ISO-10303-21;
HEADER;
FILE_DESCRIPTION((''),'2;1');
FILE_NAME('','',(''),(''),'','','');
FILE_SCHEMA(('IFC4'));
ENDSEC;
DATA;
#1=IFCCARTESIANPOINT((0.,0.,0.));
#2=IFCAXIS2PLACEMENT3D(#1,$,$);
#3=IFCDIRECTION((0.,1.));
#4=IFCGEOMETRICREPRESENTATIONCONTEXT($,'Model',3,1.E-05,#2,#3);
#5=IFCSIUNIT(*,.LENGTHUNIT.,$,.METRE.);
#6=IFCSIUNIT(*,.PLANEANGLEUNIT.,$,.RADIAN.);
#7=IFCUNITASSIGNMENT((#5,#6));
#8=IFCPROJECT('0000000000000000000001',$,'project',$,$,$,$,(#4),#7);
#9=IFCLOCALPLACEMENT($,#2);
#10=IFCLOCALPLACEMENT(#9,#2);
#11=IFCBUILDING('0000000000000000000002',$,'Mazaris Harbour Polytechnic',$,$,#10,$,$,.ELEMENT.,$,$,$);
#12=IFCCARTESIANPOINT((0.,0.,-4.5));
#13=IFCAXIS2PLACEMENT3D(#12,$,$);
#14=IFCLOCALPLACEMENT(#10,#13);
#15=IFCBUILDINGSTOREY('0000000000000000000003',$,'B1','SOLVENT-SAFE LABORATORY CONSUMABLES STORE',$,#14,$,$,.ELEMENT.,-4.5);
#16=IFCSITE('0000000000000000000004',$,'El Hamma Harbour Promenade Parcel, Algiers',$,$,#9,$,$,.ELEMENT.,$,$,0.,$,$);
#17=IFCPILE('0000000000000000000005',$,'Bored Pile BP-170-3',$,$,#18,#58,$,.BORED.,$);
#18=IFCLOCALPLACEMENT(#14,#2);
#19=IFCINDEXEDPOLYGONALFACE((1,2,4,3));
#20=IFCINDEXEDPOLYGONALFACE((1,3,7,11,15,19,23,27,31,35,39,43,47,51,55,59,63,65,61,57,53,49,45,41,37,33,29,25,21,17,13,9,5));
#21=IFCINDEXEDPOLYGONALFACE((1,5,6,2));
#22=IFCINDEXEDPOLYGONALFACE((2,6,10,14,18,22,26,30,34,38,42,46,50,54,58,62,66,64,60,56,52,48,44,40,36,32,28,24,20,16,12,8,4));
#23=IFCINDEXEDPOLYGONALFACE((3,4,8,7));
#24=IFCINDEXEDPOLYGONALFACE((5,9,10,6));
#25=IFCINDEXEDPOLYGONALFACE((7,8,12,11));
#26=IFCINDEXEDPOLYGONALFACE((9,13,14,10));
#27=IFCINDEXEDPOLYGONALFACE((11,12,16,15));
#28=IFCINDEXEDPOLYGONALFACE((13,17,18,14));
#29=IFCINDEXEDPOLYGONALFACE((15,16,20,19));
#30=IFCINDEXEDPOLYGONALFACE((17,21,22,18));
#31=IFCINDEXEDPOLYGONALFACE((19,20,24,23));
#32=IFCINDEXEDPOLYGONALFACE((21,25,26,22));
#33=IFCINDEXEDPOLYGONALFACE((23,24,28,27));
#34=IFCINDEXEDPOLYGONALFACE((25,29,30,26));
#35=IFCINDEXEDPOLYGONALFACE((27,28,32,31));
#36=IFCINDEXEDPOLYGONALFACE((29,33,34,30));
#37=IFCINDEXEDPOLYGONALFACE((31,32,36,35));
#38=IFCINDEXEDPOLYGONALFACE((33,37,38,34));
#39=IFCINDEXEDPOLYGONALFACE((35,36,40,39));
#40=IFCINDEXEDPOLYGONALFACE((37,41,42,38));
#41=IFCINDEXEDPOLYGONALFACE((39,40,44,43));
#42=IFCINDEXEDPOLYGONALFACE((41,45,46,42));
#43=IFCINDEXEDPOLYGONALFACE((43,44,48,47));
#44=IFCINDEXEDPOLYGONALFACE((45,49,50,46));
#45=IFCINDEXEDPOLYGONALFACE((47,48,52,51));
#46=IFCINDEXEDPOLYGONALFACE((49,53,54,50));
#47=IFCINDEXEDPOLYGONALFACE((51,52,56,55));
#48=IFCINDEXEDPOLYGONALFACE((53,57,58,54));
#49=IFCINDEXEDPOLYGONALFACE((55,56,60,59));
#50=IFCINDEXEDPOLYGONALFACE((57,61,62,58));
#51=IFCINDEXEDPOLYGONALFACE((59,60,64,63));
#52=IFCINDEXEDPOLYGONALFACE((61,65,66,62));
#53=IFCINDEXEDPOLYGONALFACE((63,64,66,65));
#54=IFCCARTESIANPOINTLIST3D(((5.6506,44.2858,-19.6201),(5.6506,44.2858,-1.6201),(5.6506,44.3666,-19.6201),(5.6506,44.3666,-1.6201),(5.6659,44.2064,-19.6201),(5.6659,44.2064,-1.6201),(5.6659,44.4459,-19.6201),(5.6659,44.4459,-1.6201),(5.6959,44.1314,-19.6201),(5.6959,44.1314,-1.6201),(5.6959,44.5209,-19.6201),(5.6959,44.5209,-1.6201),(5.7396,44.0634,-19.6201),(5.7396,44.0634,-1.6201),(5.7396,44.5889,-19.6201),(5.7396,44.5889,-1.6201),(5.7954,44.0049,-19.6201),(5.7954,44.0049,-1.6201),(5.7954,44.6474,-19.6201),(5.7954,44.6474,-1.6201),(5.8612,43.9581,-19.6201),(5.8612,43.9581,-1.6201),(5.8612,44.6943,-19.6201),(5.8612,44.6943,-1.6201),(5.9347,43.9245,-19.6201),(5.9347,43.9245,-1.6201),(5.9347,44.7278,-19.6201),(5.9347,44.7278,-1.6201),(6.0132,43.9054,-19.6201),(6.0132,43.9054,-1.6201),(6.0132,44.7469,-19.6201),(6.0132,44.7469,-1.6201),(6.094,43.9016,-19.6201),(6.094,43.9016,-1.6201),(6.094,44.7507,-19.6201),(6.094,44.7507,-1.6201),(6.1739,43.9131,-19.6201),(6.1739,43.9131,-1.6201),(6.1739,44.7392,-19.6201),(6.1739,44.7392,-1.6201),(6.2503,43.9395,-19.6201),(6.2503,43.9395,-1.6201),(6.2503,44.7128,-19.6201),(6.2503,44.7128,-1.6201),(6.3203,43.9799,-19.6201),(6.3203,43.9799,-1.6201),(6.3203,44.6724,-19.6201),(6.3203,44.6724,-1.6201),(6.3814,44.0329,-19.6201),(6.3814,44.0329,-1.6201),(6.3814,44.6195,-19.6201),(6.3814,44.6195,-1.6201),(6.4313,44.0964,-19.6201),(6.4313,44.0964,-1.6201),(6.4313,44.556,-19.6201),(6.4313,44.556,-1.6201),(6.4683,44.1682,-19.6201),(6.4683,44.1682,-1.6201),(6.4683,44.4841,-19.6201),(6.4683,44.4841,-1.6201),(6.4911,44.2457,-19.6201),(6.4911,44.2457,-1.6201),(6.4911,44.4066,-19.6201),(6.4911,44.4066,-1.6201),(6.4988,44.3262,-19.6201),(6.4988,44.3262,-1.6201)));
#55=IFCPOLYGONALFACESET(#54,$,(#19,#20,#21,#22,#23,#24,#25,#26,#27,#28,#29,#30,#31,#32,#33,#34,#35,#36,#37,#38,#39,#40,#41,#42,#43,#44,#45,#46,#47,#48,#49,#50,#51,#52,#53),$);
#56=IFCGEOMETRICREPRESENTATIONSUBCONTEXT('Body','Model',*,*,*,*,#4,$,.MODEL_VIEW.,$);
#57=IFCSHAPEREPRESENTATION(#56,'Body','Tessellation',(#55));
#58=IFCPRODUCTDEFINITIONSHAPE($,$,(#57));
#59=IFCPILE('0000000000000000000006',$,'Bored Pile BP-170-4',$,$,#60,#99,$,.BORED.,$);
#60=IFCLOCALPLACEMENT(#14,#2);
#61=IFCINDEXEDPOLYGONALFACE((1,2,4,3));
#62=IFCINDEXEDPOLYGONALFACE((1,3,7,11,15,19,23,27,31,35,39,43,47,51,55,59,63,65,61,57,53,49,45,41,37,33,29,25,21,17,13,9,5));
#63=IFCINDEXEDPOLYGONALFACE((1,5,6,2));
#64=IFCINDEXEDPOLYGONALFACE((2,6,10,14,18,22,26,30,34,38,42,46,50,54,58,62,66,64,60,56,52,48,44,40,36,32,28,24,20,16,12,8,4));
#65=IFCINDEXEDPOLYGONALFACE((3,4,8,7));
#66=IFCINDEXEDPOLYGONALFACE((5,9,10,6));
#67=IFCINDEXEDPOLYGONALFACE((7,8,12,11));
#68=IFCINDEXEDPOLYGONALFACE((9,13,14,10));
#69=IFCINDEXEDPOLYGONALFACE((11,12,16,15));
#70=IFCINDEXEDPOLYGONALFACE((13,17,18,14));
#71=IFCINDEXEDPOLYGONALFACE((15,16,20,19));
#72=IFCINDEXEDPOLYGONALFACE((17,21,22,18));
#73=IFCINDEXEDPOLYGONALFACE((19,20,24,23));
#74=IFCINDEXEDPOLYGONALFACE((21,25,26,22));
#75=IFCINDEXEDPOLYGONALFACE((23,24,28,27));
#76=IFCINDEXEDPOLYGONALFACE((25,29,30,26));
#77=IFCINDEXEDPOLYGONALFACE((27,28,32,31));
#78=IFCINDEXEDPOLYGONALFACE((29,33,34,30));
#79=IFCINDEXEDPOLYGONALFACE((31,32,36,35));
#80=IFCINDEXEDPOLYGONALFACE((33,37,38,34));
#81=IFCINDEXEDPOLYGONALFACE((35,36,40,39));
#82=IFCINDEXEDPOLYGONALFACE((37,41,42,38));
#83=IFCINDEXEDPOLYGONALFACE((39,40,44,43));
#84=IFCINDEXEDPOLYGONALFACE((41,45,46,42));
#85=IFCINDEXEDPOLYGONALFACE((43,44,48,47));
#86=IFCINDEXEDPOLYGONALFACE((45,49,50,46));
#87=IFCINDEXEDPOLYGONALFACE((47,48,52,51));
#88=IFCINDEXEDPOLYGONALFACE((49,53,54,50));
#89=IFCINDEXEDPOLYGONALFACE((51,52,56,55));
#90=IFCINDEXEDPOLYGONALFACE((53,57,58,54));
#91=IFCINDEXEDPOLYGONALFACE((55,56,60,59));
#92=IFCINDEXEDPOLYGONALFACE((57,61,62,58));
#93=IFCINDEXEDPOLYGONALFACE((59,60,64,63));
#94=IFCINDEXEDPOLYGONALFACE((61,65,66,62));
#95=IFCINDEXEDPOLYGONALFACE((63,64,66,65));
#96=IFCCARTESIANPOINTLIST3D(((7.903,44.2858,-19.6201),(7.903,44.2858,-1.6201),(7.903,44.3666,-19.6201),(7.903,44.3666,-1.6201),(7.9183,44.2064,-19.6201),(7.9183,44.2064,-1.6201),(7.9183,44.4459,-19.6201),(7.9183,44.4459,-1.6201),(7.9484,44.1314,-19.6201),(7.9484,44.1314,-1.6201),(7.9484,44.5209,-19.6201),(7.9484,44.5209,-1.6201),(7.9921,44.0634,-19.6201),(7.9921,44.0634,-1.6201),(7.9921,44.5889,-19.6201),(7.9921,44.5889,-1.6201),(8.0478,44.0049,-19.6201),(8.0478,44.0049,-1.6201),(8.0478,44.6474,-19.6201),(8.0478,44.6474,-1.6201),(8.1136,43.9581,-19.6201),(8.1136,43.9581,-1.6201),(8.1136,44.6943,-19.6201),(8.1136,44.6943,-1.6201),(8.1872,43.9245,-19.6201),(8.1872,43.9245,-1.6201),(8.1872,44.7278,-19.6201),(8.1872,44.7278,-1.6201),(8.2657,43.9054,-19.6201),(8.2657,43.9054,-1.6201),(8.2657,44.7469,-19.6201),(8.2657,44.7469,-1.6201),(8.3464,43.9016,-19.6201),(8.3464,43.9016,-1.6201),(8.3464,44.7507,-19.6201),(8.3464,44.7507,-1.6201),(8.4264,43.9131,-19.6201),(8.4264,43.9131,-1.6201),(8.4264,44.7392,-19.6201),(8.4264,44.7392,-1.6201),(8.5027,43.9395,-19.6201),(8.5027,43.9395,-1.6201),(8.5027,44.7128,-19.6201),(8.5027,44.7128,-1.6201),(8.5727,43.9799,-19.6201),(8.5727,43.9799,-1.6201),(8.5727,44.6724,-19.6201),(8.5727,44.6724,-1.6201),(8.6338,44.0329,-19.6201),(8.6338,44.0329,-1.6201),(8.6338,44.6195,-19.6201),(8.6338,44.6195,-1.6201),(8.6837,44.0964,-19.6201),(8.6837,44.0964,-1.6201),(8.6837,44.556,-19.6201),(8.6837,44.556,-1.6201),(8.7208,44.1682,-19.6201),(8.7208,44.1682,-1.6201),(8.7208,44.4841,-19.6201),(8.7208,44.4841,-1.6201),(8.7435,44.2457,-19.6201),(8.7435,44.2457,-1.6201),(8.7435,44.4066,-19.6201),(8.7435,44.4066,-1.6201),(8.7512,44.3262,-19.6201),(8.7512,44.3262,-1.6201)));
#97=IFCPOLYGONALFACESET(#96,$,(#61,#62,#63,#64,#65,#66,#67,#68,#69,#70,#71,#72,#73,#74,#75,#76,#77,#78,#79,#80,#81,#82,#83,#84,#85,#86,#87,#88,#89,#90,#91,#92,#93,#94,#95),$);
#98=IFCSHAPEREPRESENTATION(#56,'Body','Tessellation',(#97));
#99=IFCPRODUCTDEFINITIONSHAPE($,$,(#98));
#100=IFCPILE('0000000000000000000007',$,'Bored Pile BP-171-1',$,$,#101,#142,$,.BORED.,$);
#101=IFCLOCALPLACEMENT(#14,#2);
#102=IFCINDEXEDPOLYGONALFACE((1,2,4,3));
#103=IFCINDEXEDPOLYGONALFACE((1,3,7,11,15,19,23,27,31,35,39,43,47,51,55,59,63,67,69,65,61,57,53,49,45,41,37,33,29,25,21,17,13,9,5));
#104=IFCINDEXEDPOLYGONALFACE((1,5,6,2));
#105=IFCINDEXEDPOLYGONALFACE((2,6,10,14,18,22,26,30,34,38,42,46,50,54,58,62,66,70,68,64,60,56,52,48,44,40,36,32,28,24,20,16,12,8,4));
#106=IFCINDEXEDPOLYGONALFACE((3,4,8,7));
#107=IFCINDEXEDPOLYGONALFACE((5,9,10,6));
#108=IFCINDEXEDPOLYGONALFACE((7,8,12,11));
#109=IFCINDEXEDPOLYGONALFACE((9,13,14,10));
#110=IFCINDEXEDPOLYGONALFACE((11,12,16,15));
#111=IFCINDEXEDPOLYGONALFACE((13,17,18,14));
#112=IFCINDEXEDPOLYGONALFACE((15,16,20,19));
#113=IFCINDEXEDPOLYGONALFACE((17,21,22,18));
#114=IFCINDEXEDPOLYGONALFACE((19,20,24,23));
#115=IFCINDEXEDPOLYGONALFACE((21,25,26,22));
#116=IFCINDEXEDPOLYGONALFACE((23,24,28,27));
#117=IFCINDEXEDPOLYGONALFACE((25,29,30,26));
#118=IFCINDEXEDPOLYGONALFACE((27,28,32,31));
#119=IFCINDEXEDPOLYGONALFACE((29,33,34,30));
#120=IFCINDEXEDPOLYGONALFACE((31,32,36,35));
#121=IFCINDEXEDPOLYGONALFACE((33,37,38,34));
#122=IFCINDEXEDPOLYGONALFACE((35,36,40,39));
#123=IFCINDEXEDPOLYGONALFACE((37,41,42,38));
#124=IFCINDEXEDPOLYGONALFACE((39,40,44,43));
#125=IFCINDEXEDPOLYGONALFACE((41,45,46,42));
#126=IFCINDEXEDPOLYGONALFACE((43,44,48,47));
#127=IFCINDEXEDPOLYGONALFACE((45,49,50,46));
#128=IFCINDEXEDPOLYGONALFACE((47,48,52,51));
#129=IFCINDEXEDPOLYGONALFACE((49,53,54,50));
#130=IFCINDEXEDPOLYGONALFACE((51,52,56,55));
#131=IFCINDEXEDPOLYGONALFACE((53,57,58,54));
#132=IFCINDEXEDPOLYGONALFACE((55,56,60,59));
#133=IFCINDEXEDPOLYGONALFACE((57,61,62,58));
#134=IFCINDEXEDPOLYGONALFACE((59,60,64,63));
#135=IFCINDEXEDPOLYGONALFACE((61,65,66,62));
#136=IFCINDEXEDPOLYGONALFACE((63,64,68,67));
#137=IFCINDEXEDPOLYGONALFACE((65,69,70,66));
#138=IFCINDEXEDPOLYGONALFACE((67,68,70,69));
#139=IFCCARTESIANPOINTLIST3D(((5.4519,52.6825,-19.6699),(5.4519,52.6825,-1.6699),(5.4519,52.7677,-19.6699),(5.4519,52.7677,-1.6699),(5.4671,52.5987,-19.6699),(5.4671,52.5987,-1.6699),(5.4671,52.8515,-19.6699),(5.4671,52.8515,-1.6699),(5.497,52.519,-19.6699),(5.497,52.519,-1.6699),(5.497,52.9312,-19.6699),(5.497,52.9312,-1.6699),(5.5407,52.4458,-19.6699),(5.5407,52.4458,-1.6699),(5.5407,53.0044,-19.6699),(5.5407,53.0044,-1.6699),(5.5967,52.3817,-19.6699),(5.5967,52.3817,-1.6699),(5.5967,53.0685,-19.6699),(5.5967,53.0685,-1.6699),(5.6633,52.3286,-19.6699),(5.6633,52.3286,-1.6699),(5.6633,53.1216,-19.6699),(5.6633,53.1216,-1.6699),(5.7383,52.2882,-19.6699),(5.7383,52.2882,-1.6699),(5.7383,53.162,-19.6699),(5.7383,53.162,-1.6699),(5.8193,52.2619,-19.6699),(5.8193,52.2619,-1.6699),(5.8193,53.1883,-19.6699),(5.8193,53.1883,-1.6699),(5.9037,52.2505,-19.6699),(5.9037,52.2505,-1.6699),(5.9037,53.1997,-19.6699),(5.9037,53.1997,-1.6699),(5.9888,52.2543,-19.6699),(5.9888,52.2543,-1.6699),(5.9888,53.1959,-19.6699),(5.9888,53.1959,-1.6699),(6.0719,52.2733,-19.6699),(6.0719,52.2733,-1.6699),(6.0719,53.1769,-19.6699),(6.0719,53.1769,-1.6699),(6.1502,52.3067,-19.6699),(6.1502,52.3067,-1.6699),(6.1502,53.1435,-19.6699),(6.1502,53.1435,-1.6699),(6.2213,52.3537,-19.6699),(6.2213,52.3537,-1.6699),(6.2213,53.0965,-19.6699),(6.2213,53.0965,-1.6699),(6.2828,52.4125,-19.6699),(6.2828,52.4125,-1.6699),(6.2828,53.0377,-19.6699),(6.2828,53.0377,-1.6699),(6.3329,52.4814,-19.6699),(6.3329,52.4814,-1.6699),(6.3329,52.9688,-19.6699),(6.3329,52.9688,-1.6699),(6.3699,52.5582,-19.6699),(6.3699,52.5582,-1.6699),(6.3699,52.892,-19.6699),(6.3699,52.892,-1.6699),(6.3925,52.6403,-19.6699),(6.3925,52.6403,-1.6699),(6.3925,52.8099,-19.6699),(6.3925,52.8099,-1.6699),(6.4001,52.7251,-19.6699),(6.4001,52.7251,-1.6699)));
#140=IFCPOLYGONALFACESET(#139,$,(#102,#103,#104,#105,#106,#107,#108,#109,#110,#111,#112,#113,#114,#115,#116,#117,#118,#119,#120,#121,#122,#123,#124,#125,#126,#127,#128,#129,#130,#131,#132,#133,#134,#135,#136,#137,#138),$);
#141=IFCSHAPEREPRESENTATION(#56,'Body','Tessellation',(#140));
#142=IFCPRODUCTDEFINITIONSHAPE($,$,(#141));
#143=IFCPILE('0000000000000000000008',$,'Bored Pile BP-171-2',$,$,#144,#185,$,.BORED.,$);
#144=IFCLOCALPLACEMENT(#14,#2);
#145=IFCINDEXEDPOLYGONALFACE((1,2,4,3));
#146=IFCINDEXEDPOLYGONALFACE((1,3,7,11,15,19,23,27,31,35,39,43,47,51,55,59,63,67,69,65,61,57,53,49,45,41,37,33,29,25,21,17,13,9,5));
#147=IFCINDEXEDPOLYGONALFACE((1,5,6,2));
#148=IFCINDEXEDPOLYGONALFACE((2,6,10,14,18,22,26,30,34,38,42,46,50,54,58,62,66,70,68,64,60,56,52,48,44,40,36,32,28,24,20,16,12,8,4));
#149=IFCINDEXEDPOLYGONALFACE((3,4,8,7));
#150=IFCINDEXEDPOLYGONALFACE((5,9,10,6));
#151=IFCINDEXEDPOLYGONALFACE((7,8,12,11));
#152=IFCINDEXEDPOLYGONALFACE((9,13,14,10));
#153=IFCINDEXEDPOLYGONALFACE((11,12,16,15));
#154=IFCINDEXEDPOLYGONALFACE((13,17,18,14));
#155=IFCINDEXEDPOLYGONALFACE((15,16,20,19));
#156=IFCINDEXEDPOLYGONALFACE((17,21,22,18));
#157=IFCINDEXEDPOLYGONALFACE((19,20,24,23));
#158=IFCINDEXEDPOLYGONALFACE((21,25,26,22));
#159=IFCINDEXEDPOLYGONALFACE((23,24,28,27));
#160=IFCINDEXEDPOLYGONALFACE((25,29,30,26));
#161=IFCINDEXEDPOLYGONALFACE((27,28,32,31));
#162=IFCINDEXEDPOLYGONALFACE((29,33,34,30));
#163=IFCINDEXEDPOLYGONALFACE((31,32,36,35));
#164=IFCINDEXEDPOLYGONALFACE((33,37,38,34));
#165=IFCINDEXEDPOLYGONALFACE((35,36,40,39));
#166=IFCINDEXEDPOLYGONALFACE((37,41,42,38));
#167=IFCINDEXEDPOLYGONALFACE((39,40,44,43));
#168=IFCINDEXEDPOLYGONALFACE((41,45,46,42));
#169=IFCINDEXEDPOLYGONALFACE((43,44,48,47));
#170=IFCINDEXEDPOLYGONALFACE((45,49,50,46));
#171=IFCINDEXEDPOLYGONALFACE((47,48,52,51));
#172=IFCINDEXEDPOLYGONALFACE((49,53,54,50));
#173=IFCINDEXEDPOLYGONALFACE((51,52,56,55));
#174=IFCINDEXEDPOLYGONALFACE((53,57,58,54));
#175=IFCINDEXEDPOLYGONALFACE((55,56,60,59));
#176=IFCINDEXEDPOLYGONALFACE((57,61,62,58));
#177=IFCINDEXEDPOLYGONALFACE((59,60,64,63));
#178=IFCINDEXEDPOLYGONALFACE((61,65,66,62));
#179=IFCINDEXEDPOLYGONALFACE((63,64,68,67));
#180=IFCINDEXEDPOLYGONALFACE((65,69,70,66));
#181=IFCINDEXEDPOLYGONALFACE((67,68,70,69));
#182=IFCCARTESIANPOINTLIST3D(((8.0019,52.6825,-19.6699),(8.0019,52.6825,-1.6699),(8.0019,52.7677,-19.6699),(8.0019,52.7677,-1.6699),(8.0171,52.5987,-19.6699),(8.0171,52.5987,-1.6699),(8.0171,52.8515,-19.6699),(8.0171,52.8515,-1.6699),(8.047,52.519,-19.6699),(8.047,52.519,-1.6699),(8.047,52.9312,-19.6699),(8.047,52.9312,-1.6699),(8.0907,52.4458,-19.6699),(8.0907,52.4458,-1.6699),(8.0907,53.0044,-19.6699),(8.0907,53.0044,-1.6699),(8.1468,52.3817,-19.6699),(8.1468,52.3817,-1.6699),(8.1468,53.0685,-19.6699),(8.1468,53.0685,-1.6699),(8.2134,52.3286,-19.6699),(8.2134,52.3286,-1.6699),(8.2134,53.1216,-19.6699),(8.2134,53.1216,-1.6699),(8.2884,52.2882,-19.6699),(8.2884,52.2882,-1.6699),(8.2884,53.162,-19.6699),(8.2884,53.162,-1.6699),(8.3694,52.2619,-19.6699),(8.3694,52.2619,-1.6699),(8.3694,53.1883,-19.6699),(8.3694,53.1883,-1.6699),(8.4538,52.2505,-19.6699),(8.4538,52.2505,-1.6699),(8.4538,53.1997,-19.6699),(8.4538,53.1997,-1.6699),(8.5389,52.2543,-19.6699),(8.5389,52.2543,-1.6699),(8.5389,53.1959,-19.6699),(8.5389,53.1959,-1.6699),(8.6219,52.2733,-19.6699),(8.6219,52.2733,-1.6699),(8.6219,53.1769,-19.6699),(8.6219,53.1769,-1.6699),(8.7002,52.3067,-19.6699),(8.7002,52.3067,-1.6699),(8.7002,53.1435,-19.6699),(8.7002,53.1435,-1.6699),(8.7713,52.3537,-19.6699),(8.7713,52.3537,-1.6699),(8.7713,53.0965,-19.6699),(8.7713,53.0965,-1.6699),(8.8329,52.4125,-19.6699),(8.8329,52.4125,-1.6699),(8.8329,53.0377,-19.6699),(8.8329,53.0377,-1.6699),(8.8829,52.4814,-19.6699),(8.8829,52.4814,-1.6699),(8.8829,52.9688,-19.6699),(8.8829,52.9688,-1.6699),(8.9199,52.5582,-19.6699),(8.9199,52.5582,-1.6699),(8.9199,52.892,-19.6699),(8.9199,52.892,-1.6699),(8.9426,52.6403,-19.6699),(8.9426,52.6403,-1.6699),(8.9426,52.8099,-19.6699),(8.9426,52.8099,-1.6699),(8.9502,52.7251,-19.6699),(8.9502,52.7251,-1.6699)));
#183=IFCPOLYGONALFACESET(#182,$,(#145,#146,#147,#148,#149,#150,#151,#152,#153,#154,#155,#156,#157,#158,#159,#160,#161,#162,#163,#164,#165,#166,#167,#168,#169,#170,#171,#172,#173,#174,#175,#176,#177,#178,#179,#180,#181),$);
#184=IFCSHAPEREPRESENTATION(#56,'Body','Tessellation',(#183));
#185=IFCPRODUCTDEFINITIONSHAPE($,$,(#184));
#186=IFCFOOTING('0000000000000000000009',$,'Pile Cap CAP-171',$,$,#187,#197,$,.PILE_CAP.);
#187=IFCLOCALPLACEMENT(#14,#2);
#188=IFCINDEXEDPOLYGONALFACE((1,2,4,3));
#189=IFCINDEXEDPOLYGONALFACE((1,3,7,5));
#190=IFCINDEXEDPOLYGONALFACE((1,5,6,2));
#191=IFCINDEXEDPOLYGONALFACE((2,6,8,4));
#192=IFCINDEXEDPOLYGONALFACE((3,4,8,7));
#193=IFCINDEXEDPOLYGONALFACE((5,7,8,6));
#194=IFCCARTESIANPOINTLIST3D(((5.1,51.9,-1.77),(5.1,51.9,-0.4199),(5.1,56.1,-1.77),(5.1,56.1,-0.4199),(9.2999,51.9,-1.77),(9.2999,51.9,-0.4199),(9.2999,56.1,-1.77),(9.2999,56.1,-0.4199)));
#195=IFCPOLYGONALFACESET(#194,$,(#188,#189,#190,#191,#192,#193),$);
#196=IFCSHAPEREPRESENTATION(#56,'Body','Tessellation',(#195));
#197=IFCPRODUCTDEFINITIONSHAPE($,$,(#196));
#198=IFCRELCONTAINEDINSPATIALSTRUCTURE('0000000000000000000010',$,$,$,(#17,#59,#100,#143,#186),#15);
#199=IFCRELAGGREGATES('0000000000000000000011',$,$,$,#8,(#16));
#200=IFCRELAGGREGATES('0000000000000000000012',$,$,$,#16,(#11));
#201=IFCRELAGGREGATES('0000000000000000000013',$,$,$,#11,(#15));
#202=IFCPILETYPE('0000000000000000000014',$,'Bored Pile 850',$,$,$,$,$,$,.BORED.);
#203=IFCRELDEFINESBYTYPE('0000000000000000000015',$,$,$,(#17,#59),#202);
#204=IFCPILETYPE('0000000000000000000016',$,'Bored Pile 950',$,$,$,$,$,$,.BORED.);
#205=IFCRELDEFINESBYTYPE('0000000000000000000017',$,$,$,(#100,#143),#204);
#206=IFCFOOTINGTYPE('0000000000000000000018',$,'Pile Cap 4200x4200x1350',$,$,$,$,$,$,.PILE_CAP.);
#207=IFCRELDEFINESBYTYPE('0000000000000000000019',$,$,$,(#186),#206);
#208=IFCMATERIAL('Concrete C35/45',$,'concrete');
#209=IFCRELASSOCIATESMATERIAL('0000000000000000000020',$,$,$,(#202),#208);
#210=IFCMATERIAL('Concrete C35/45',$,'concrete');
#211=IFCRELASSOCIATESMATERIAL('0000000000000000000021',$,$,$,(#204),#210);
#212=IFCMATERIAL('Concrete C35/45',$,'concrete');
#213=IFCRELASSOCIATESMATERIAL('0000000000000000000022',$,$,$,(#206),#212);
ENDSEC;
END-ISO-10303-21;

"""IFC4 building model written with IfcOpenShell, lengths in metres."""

from ifc_helpers import new_model, si_unit, direction, frame, origin, origin_2d, place, context, subcontext, project, spatial, rectangle, circle, extrude, material, material_profile, profile_set, type_object, element, save


model = new_model("IFC4")

# Units and contexts
model_context = context("Model", 3, precision=1e-05, world=origin(), true_north=direction((0.0, 1.0)))
body_context = subcontext(model_context, "Body", "Model", "MODEL_VIEW")
ifc_project = project(units=[si_unit("LENGTHUNIT", "METRE"), si_unit("PLANEANGLEUNIT", "RADIAN")], contexts=[model_context])

# Site, building, storey
site_placement = place(None, origin())
site = spatial("IfcSite", under=ifc_project, at=site_placement, Name="El Hamma Harbour Promenade Parcel, Algiers", CompositionType="ELEMENT", RefElevation=0.0)
building_placement = place(site_placement, origin())
building = spatial("IfcBuilding", under=site, at=building_placement, Name="Mazaris Harbour Polytechnic", CompositionType="ELEMENT")
storey_placement = place(building_placement, frame((0.0, 0.0, -4.5)))
storey = spatial("IfcBuildingStorey", under=building, at=storey_placement, Name="B1", Description="SOLVENT-SAFE LABORATORY CONSUMABLES STORE", CompositionType="ELEMENT", Elevation=-4.5)

# Piles
ifc_material_1 = material(Name="Concrete C35/45", Category="concrete")
ifc_material_profile_1 = material_profile(ifc_material_1, circle(Radius=0.425, at=origin_2d()), Name="DIA850")
ifc_profile_set_1 = profile_set([ifc_material_profile_1], Name="Concrete C35/45")
pile_type_1 = type_object("IfcPileType", Name="Bored Pile 850", PredefinedType="BORED", material=ifc_profile_set_1)
for number, where, z_axis, x_axis, name in (
    (1, (6.0737, 44.3262, -1.6201), (0.0, 0.0, -1.0), (1.0, 0.0, 0.0), "Bored Pile BP-170-3"),
    (2, (8.3262, 44.3262, -1.6201), (0.0, 0.0, -1.0), (1.0, 0.0, 0.0), "Bored Pile BP-170-4"),
):
    element("IfcPile", number, at=place(storey_placement, frame(where, z_axis=z_axis, x_axis=x_axis)), inside=storey, type_object=pile_type_1, Name=name, PredefinedType="BORED", context=body_context, shape_type="SweptSolid", body=[
        extrude(circle(Radius=0.425, at=origin_2d()), origin(), (0.0, 0.0, 1.0), 18.0),
    ])
ifc_material_2 = material(Name="Concrete C35/45", Category="concrete")
ifc_material_profile_2 = material_profile(ifc_material_2, circle(Radius=0.4751, at=origin_2d()), Name="DIA950")
ifc_profile_set_2 = profile_set([ifc_material_profile_2], Name="Concrete C35/45")
pile_type_2 = type_object("IfcPileType", Name="Bored Pile 950", PredefinedType="BORED", material=ifc_profile_set_2)
for number, where, z_axis, x_axis, name in (
    (3, (5.925, 52.7251, -1.6699), (0.0, 0.0, -1.0), (1.0, 0.0, 0.0), "Bored Pile BP-171-1"),
    (4, (8.4751, 52.7251, -1.6699), (0.0, 0.0, -1.0), (1.0, 0.0, 0.0), "Bored Pile BP-171-2"),
):
    element("IfcPile", number, at=place(storey_placement, frame(where, z_axis=z_axis, x_axis=x_axis)), inside=storey, type_object=pile_type_2, Name=name, PredefinedType="BORED", context=body_context, shape_type="SweptSolid", body=[
        extrude(circle(Radius=0.4751, at=origin_2d()), origin(), (0.0, 0.0, 1.0), 18.0),
    ])

# Footing
ifc_material_3 = material(Name="Concrete C35/45", Category="concrete")
footing_type_1 = type_object("IfcFootingType", Name="Pile Cap 4200x4200x1350", PredefinedType="PILE_CAP", material=ifc_material_3)
footing_1_placement = place(storey_placement, frame((7.2, 54.0, -1.77), z_axis=(0.0, 0.0, 1.0), x_axis=(1.0, 0.0, 0.0)))
element("IfcFooting", 5, at=footing_1_placement, inside=storey, type_object=footing_type_1, Name="Pile Cap CAP-171", PredefinedType="PILE_CAP", context=body_context, shape_type="SweptSolid", body=[
    extrude(rectangle(XDim=4.2, YDim=4.2, at=origin_2d()), origin(), (0.0, 0.0, 1.0), 1.3501),
])

save(model, "model.ifc")
